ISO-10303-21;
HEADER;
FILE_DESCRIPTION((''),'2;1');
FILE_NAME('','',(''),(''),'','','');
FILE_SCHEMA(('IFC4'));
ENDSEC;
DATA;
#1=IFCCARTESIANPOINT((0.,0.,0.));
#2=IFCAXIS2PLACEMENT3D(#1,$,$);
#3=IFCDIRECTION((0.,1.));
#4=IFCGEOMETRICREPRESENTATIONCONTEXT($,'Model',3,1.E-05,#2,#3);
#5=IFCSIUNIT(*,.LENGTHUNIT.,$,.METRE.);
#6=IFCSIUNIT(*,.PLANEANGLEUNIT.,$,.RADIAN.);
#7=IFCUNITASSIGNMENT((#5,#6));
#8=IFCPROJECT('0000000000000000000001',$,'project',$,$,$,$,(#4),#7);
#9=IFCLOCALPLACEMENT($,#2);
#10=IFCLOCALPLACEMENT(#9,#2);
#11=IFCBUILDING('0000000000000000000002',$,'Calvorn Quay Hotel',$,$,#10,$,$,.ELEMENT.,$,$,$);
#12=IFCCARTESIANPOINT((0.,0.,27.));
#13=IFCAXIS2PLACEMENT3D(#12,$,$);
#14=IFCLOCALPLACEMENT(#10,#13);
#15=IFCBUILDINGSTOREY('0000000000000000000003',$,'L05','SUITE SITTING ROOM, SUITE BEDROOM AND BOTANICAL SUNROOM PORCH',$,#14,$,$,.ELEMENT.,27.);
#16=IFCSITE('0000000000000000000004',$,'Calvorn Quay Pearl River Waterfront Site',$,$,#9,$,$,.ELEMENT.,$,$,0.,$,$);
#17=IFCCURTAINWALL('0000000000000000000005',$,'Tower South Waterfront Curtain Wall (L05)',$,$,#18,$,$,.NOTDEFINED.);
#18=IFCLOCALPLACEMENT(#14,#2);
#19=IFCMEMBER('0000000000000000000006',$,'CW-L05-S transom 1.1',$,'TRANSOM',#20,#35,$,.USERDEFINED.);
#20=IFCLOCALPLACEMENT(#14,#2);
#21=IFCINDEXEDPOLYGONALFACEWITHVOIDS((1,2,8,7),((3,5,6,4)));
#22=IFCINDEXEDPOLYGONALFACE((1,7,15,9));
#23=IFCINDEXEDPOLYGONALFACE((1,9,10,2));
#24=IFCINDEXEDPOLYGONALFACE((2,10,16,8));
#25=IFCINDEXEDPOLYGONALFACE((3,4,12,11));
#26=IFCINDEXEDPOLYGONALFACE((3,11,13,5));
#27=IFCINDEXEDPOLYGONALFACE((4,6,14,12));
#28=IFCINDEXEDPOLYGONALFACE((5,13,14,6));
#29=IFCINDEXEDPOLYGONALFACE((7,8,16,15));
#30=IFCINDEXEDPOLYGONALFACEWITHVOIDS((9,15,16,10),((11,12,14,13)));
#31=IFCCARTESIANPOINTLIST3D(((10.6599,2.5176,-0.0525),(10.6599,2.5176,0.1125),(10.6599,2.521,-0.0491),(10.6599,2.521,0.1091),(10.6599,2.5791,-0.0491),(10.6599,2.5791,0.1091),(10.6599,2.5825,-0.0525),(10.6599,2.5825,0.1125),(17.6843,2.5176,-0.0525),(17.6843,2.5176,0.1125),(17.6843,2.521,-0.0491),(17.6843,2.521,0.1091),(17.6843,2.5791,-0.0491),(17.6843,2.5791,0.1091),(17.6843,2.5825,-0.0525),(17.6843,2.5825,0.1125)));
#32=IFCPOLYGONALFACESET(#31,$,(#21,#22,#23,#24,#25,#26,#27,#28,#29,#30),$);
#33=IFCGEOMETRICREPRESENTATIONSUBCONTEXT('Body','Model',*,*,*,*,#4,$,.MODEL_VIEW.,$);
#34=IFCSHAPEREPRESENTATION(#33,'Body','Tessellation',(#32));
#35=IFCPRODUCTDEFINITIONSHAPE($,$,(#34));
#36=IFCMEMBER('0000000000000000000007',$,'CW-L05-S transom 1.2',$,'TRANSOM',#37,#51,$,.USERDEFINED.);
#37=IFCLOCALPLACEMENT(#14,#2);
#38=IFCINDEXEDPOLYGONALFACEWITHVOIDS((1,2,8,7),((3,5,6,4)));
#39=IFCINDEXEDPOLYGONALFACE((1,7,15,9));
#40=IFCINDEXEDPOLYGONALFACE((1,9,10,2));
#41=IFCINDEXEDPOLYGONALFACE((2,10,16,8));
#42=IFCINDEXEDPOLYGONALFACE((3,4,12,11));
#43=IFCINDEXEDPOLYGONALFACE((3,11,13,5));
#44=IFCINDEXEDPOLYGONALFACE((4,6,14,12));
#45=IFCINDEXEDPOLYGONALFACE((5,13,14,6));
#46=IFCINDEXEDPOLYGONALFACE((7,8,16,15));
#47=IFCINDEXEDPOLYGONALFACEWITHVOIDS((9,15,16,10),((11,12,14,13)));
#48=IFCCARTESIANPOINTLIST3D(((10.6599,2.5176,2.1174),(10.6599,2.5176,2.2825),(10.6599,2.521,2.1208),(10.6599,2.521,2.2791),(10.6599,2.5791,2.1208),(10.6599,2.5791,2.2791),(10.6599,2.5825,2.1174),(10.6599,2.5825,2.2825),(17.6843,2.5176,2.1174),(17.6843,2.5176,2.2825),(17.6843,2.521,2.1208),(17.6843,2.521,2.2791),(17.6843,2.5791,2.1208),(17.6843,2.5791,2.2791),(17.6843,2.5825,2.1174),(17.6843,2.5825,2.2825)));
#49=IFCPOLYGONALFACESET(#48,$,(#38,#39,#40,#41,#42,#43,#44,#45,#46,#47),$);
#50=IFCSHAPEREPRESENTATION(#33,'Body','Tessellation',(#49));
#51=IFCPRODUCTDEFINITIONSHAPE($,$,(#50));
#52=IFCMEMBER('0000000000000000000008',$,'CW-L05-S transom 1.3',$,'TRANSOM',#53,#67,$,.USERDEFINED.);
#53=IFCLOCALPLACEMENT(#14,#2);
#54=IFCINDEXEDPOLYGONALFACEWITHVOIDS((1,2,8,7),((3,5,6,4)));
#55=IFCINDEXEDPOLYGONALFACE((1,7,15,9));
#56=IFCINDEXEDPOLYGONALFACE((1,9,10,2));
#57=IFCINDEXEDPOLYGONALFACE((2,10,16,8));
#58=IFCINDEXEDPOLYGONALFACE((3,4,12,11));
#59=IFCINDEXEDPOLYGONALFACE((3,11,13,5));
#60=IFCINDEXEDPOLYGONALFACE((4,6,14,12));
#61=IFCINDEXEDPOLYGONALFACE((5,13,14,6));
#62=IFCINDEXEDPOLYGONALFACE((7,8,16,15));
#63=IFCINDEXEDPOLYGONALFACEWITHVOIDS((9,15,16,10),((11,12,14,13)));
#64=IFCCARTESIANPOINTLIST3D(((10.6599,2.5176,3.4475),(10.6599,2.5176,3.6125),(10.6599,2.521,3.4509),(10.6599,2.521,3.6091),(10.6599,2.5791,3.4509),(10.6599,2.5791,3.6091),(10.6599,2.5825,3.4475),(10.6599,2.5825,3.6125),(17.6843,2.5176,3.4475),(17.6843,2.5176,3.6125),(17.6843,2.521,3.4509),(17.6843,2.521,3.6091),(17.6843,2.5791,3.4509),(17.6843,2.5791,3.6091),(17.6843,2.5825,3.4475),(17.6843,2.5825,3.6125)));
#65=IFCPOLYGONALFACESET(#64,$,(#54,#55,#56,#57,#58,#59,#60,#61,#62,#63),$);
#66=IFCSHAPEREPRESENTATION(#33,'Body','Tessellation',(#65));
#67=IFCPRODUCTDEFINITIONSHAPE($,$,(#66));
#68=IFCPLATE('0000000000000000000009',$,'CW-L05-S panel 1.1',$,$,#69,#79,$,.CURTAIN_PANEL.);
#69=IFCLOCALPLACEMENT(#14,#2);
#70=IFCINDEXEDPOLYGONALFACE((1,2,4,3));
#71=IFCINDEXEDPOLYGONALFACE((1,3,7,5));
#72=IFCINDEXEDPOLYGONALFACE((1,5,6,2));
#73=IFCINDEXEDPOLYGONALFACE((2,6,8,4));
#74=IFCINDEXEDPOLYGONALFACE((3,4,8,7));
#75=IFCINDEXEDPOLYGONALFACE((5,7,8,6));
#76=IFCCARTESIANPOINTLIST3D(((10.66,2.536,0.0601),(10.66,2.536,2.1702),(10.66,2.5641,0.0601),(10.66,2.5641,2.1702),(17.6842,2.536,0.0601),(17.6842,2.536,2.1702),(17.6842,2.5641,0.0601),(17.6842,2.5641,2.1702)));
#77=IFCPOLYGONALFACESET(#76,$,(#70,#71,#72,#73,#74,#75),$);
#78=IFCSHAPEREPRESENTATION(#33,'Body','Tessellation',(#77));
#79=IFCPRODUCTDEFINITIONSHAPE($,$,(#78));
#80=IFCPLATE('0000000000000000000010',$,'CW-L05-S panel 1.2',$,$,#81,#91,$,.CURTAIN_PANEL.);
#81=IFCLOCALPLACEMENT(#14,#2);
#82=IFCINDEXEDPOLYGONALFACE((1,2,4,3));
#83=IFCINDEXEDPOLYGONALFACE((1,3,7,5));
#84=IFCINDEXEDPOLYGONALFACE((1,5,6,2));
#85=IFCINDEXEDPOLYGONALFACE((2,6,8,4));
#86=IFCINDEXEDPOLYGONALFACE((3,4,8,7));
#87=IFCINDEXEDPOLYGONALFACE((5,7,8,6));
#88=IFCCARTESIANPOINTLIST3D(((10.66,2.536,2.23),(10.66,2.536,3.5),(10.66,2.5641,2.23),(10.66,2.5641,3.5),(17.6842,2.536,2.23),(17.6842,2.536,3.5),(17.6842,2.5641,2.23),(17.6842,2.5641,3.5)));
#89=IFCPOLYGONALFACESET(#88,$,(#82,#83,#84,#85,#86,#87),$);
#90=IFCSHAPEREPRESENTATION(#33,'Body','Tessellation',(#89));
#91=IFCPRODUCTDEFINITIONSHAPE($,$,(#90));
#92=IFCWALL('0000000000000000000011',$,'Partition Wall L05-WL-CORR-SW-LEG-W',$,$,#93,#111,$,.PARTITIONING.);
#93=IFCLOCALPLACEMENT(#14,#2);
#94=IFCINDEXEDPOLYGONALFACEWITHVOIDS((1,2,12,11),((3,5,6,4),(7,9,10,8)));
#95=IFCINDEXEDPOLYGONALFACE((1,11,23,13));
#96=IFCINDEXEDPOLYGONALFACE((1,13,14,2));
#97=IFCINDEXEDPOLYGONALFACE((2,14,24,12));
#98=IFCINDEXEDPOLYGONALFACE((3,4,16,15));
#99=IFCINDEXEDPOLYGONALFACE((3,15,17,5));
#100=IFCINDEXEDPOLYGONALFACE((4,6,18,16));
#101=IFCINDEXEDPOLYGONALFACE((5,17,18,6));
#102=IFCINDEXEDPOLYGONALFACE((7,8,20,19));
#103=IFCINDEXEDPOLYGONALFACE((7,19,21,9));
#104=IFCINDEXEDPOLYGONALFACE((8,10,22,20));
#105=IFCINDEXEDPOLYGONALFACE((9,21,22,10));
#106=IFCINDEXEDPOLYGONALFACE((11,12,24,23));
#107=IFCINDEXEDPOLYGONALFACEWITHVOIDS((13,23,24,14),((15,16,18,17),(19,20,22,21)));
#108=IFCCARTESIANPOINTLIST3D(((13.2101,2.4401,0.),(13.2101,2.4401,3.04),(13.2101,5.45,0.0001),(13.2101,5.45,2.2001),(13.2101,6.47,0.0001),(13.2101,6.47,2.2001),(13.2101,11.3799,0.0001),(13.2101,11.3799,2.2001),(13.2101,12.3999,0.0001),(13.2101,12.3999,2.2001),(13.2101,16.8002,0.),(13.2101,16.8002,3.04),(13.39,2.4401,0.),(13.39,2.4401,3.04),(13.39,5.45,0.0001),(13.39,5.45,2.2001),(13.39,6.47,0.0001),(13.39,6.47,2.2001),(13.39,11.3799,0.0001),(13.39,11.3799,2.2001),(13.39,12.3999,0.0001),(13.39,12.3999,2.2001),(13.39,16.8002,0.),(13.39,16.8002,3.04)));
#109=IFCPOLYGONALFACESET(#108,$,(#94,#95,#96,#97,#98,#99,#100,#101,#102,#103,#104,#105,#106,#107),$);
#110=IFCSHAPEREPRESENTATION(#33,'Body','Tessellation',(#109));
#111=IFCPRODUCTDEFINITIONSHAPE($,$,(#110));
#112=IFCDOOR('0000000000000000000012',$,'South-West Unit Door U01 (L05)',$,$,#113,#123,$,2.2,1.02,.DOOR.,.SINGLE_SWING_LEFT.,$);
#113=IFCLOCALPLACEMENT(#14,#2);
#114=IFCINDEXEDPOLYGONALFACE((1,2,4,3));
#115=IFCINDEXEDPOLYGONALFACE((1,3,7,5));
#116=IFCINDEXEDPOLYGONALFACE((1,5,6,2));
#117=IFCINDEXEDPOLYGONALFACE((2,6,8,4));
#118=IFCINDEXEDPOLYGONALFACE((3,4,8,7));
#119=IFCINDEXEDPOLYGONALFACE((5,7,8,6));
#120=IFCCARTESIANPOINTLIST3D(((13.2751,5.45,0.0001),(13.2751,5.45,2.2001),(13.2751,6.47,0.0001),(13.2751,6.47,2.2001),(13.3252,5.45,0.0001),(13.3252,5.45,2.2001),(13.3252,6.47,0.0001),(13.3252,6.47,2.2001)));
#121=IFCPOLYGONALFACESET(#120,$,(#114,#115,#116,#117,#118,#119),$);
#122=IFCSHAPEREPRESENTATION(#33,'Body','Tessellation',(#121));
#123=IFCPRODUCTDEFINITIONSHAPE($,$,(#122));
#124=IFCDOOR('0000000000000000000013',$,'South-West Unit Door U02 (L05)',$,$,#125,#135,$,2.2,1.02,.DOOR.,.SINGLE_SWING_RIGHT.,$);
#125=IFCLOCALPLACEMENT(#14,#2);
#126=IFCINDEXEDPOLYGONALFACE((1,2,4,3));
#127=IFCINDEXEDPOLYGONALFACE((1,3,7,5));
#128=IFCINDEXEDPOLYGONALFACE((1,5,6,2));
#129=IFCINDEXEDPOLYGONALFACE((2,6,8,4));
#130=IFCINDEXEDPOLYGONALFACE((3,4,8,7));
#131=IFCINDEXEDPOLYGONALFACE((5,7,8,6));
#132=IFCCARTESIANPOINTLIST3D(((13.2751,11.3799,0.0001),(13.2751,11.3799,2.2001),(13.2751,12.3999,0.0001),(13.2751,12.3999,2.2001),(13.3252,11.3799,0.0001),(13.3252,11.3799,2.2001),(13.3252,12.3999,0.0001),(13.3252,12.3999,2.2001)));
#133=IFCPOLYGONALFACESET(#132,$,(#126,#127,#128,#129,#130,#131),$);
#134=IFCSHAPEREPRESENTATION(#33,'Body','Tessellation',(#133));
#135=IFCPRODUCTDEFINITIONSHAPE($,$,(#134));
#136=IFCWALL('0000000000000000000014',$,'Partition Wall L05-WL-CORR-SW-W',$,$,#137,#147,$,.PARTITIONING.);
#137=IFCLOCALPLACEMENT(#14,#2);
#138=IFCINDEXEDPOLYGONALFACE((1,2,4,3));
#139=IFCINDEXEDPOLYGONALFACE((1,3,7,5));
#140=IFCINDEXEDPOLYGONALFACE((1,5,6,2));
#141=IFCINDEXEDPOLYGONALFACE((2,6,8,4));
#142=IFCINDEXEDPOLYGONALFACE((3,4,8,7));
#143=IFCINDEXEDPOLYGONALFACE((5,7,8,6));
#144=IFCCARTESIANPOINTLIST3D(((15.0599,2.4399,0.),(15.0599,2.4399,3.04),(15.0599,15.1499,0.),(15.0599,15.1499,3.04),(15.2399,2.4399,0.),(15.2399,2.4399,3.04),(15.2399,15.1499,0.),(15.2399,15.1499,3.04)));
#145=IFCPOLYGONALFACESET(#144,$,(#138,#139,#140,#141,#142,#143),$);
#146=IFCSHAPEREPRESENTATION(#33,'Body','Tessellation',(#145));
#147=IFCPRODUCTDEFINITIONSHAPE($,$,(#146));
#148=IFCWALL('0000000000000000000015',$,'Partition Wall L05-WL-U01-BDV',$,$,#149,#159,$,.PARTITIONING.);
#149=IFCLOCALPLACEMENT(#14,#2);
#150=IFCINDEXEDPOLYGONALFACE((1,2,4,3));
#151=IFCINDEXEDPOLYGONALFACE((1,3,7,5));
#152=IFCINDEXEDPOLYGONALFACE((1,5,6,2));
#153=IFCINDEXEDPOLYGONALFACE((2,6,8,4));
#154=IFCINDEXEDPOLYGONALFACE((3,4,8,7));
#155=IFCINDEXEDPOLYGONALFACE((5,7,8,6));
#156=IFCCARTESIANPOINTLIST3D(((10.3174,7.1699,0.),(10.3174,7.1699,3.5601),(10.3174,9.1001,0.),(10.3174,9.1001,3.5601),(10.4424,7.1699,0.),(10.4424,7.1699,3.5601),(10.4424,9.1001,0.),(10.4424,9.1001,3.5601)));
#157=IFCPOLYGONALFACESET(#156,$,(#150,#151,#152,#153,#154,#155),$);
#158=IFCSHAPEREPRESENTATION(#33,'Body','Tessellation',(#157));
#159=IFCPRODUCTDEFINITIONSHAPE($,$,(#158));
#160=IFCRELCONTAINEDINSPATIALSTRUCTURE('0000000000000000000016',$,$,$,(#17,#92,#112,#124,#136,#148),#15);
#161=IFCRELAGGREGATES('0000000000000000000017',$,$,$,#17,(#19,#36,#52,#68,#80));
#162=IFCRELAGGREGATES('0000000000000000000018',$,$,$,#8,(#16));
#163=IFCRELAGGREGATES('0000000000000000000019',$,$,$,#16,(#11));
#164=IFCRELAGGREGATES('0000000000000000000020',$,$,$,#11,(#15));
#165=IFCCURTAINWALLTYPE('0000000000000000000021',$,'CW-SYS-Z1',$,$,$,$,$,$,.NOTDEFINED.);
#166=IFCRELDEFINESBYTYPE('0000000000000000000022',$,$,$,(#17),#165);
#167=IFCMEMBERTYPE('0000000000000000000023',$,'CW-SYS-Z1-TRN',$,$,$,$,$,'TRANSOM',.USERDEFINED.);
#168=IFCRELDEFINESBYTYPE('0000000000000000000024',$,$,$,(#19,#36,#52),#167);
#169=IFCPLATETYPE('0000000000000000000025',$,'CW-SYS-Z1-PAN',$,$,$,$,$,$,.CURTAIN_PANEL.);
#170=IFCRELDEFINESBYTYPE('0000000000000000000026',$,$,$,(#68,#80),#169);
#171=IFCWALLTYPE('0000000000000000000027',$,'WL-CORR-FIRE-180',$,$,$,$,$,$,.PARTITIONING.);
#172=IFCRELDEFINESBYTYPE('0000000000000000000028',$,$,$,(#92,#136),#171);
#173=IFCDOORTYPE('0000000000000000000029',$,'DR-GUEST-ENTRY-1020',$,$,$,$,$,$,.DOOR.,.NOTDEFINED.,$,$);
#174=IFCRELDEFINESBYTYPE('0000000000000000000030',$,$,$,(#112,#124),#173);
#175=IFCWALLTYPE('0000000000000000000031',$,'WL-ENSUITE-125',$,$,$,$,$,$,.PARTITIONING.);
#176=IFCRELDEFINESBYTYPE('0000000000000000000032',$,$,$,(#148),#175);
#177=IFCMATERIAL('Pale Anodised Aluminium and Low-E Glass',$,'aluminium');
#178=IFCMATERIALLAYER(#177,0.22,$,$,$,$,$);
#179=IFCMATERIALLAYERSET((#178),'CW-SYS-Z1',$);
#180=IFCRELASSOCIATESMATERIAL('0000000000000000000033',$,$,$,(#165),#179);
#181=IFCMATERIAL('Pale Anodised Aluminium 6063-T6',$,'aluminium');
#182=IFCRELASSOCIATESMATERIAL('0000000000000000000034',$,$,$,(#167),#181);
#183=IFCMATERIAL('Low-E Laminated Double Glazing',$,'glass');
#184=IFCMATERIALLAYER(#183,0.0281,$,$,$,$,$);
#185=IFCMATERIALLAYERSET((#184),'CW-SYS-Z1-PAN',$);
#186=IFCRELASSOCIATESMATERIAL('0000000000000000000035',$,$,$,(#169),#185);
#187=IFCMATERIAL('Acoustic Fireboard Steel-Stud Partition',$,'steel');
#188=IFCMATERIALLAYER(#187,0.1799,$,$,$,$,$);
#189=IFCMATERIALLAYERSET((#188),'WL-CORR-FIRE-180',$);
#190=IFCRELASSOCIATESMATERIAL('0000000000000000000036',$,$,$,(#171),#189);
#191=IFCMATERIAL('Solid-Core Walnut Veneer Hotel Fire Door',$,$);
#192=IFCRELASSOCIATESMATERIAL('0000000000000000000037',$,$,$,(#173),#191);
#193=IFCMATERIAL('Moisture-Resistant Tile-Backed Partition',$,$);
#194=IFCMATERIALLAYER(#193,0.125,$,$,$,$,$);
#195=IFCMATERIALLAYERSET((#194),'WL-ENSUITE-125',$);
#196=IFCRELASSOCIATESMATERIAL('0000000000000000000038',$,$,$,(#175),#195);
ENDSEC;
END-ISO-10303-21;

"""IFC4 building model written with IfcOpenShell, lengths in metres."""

from ifc_helpers import new_model, si_unit, direction, frame, frame_2d, origin, origin_2d, place, context, subcontext, project, spatial, rectangle, hollow_rectangle, extrude, material, layer, layer_set, material_profile, profile_set, type_object, element, fill, aggregate, save


model = new_model("IFC4")

# Units and contexts
model_context = context("Model", 3, precision=1e-05, world=origin(), true_north=direction((0.0, 1.0)))
body_context = subcontext(model_context, "Body", "Model", "MODEL_VIEW")
ifc_project = project(units=[si_unit("LENGTHUNIT", "METRE"), si_unit("PLANEANGLEUNIT", "RADIAN")], contexts=[model_context])

# Site, building, storey
site_placement = place(None, origin())
site = spatial("IfcSite", under=ifc_project, at=site_placement, Name="Calvorn Quay Pearl River Waterfront Site", CompositionType="ELEMENT", RefElevation=0.0)
building_placement = place(site_placement, origin())
building = spatial("IfcBuilding", under=site, at=building_placement, Name="Calvorn Quay Hotel", CompositionType="ELEMENT")
storey_placement = place(building_placement, frame((0.0, 0.0, 27.0)))
storey = spatial("IfcBuildingStorey", under=building, at=storey_placement, Name="L05", Description="SUITE SITTING ROOM, SUITE BEDROOM AND BOTANICAL SUNROOM PORCH", CompositionType="ELEMENT", Elevation=27.0)

# Curtain wall, members, plates
ifc_material_1 = material(Name="Pale Anodised Aluminium and Low-E Glass", Category="aluminium")
ifc_layer_1 = layer(ifc_material_1, 0.22)
ifc_layer_set_1 = layer_set([ifc_layer_1], Name="CW-SYS-Z1")
curtain_wall_type = type_object("IfcCurtainWallType", Name="CW-SYS-Z1", PredefinedType="NOTDEFINED", material=ifc_layer_set_1)
curtain_wall_placement = place(storey_placement, origin())
curtain_wall = element("IfcCurtainWall", 1, at=curtain_wall_placement, inside=storey, type_object=curtain_wall_type, Name="Tower South Waterfront Curtain Wall (L05)", PredefinedType="NOTDEFINED")
ifc_material_2 = material(Name="Pale Anodised Aluminium 6063-T6", Category="aluminium")
ifc_material_profile_1 = material_profile(ifc_material_2, hollow_rectangle(XDim=0.0649, YDim=0.165, WallThickness=0.0034, at=origin_2d()), Name="ALU-T165x65x3.5")
ifc_profile_set_1 = profile_set([ifc_material_profile_1], Name="Pale Anodised Aluminium 6063-T6")
member_type_1 = type_object("IfcMemberType", Name="CW-SYS-Z1-TRN", ElementType="TRANSOM", PredefinedType="USERDEFINED", material=ifc_profile_set_1)
member_1_placement = place(storey_placement, frame((10.6599, 2.55, 0.03), z_axis=(1.0, 0.0, 0.0), x_axis=(0.0, 1.0, 0.0)))
member_1 = element("IfcMember", 2, at=member_1_placement, type_object=member_type_1, Name="CW-L05-S transom 1.1", ObjectType="TRANSOM", PredefinedType="USERDEFINED", context=body_context, shape_type="SweptSolid", body=[
    extrude(hollow_rectangle(XDim=0.0649, YDim=0.165, WallThickness=0.0034, at=origin_2d()), origin(), (0.0, 0.0, 1.0), 7.0244),
])
member_2_placement = place(storey_placement, frame((10.6599, 2.55, 2.2), z_axis=(1.0, 0.0, 0.0), x_axis=(0.0, 1.0, 0.0)))
member_2 = element("IfcMember", 3, at=member_2_placement, type_object=member_type_1, Name="CW-L05-S transom 1.2", ObjectType="TRANSOM", PredefinedType="USERDEFINED", context=body_context, shape_type="SweptSolid", body=[
    extrude(hollow_rectangle(XDim=0.0649, YDim=0.165, WallThickness=0.0034, at=origin_2d()), origin(), (0.0, 0.0, 1.0), 7.0244),
])
member_3_placement = place(storey_placement, frame((10.6599, 2.55, 3.53), z_axis=(1.0, 0.0, 0.0), x_axis=(0.0, 1.0, 0.0)))
member_3 = element("IfcMember", 4, at=member_3_placement, type_object=member_type_1, Name="CW-L05-S transom 1.3", ObjectType="TRANSOM", PredefinedType="USERDEFINED", context=body_context, shape_type="SweptSolid", body=[
    extrude(hollow_rectangle(XDim=0.0649, YDim=0.165, WallThickness=0.0034, at=origin_2d()), origin(), (0.0, 0.0, 1.0), 7.0244),
])
ifc_material_3 = material(Name="Low-E Laminated Double Glazing", Category="glass")
ifc_layer_2 = layer(ifc_material_3, 0.0281)
ifc_layer_set_2 = layer_set([ifc_layer_2], Name="CW-SYS-Z1-PAN")
plate_type = type_object("IfcPlateType", Name="CW-SYS-Z1-PAN", PredefinedType="CURTAIN_PANEL", material=ifc_layer_set_2)
plate_1_placement = place(storey_placement, frame((14.1721, 2.55, 0.0601), z_axis=(0.0, 0.0, 1.0), x_axis=(1.0, 0.0, 0.0)))
plate_1 = element("IfcPlate", 5, at=plate_1_placement, type_object=plate_type, Name="CW-L05-S panel 1.1", PredefinedType="CURTAIN_PANEL", context=body_context, shape_type="SweptSolid", body=[
    extrude(rectangle(XDim=7.0242, YDim=0.0281, at=origin_2d()), origin(), (0.0, 0.0, 1.0), 2.1101),
])
plate_2_placement = place(storey_placement, frame((14.1721, 2.55, 2.23), z_axis=(0.0, 0.0, 1.0), x_axis=(1.0, 0.0, 0.0)))
plate_2 = element("IfcPlate", 6, at=plate_2_placement, type_object=plate_type, Name="CW-L05-S panel 1.2", PredefinedType="CURTAIN_PANEL", context=body_context, shape_type="SweptSolid", body=[
    extrude(rectangle(XDim=7.0242, YDim=0.0281, at=origin_2d()), origin(), (0.0, 0.0, 1.0), 1.27),
])
aggregate(curtain_wall, [member_1, member_2, member_3, plate_1, plate_2])

# Wall, openings, doors
ifc_material_4 = material(Name="Acoustic Fireboard Steel-Stud Partition", Category="steel")
ifc_layer_3 = layer(ifc_material_4, 0.1799)
ifc_layer_set_3 = layer_set([ifc_layer_3], Name="WL-CORR-FIRE-180")
wall_type_1 = type_object("IfcWallType", Name="WL-CORR-FIRE-180", PredefinedType="PARTITIONING", material=ifc_layer_set_3)
wall_1_placement = place(storey_placement, frame((13.3, 2.4399, 0.0), z_axis=(0.0, 0.0, 1.0), x_axis=(0.0, 1.0, 0.0)))
wall_1 = element("IfcWall", 7, at=wall_1_placement, inside=storey, type_object=wall_type_1, Name="Partition Wall L05-WL-CORR-SW-LEG-W", PredefinedType="PARTITIONING", context=body_context, shape_type="SweptSolid", body=[
    extrude(rectangle(XDim=14.3601, YDim=0.1799, at=frame_2d((7.1802, 0.0))), origin(), (0.0, 0.0, 1.0), 3.04),
])
opening_1_placement = place(wall_1_placement, frame((3.01, 0.0, 0.0)))
opening_1 = element("IfcOpeningElement", 8, at=opening_1_placement, cuts=wall_1, PredefinedType="OPENING", context=body_context, shape_type="SweptSolid", body=[
    extrude(rectangle(XDim=1.02, YDim=2.2, at=frame_2d((0.51, 1.1001))), frame((0.0, 0.0999, 0.0), z_axis=(0.0, -1.0, 0.0), x_axis=(1.0, 0.0, 0.0)), (0.0, 0.0, 1.0), 0.2),
])
opening_2_placement = place(wall_1_placement, frame((8.9399, 0.0, 0.0)))
opening_2 = element("IfcOpeningElement", 9, at=opening_2_placement, cuts=wall_1, PredefinedType="OPENING", context=body_context, shape_type="SweptSolid", body=[
    extrude(rectangle(XDim=1.02, YDim=2.2, at=frame_2d((0.51, 1.1001))), frame((0.0, 0.0999, 0.0), z_axis=(0.0, -1.0, 0.0), x_axis=(1.0, 0.0, 0.0)), (0.0, 0.0, 1.0), 0.2),
])
ifc_material_5 = material(Name="Solid-Core Walnut Veneer Hotel Fire Door")
door_type_1 = type_object("IfcDoorType", Name="DR-GUEST-ENTRY-1020", OperationType="NOTDEFINED", PredefinedType="DOOR", material=ifc_material_5)
door_1_placement = place(opening_1_placement, origin())
door_1 = element("IfcDoor", 10, at=door_1_placement, inside=storey, type_object=door_type_1, Name="South-West Unit Door U01 (L05)", OperationType="SINGLE_SWING_LEFT", OverallHeight=2.2, OverallWidth=1.02, PredefinedType="DOOR", context=body_context, shape_type="SweptSolid", body=[
    extrude(rectangle(XDim=1.02, YDim=2.2, at=frame_2d((0.51, 1.1001))), frame((0.0, 0.0249, 0.0), z_axis=(0.0, -1.0, 0.0), x_axis=(1.0, 0.0, 0.0)), (0.0, 0.0, 1.0), 0.05),
])
fill(opening_1, door_1)
door_2_placement = place(opening_2_placement, origin())
door_2 = element("IfcDoor", 11, at=door_2_placement, inside=storey, type_object=door_type_1, Name="South-West Unit Door U02 (L05)", OperationType="SINGLE_SWING_RIGHT", OverallHeight=2.2, OverallWidth=1.02, PredefinedType="DOOR", context=body_context, shape_type="SweptSolid", body=[
    extrude(rectangle(XDim=1.02, YDim=2.2, at=frame_2d((0.51, 1.1001))), frame((0.0, 0.0249, 0.0), z_axis=(0.0, -1.0, 0.0), x_axis=(1.0, 0.0, 0.0)), (0.0, 0.0, 1.0), 0.05),
])
fill(opening_2, door_2)

# Walls
wall_2_placement = place(storey_placement, frame((15.1499, 2.4399, 0.0), z_axis=(0.0, 0.0, 1.0), x_axis=(0.0, 1.0, 0.0)))
element("IfcWall", 12, at=wall_2_placement, inside=storey, type_object=wall_type_1, Name="Partition Wall L05-WL-CORR-SW-W", PredefinedType="PARTITIONING", context=body_context, shape_type="SweptSolid", body=[
    extrude(rectangle(XDim=12.71, YDim=0.1799, at=frame_2d((6.355, 0.0))), origin(), (0.0, 0.0, 1.0), 3.04),
])
ifc_material_6 = material(Name="Moisture-Resistant Tile-Backed Partition")
ifc_layer_4 = layer(ifc_material_6, 0.125)
ifc_layer_set_4 = layer_set([ifc_layer_4], Name="WL-ENSUITE-125")
wall_type_2 = type_object("IfcWallType", Name="WL-ENSUITE-125", PredefinedType="PARTITIONING", material=ifc_layer_set_4)
wall_3_placement = place(storey_placement, frame((10.3799, 7.1699, 0.0), z_axis=(0.0, 0.0, 1.0), x_axis=(0.0, 1.0, 0.0)))
element("IfcWall", 13, at=wall_3_placement, inside=storey, type_object=wall_type_2, Name="Partition Wall L05-WL-U01-BDV", PredefinedType="PARTITIONING", context=body_context, shape_type="SweptSolid", body=[
    extrude(rectangle(XDim=1.9302, YDim=0.125, at=frame_2d((0.9651, 0.0))), origin(), (0.0, 0.0, 1.0), 3.5601),
])

save(model, "model.ifc")
